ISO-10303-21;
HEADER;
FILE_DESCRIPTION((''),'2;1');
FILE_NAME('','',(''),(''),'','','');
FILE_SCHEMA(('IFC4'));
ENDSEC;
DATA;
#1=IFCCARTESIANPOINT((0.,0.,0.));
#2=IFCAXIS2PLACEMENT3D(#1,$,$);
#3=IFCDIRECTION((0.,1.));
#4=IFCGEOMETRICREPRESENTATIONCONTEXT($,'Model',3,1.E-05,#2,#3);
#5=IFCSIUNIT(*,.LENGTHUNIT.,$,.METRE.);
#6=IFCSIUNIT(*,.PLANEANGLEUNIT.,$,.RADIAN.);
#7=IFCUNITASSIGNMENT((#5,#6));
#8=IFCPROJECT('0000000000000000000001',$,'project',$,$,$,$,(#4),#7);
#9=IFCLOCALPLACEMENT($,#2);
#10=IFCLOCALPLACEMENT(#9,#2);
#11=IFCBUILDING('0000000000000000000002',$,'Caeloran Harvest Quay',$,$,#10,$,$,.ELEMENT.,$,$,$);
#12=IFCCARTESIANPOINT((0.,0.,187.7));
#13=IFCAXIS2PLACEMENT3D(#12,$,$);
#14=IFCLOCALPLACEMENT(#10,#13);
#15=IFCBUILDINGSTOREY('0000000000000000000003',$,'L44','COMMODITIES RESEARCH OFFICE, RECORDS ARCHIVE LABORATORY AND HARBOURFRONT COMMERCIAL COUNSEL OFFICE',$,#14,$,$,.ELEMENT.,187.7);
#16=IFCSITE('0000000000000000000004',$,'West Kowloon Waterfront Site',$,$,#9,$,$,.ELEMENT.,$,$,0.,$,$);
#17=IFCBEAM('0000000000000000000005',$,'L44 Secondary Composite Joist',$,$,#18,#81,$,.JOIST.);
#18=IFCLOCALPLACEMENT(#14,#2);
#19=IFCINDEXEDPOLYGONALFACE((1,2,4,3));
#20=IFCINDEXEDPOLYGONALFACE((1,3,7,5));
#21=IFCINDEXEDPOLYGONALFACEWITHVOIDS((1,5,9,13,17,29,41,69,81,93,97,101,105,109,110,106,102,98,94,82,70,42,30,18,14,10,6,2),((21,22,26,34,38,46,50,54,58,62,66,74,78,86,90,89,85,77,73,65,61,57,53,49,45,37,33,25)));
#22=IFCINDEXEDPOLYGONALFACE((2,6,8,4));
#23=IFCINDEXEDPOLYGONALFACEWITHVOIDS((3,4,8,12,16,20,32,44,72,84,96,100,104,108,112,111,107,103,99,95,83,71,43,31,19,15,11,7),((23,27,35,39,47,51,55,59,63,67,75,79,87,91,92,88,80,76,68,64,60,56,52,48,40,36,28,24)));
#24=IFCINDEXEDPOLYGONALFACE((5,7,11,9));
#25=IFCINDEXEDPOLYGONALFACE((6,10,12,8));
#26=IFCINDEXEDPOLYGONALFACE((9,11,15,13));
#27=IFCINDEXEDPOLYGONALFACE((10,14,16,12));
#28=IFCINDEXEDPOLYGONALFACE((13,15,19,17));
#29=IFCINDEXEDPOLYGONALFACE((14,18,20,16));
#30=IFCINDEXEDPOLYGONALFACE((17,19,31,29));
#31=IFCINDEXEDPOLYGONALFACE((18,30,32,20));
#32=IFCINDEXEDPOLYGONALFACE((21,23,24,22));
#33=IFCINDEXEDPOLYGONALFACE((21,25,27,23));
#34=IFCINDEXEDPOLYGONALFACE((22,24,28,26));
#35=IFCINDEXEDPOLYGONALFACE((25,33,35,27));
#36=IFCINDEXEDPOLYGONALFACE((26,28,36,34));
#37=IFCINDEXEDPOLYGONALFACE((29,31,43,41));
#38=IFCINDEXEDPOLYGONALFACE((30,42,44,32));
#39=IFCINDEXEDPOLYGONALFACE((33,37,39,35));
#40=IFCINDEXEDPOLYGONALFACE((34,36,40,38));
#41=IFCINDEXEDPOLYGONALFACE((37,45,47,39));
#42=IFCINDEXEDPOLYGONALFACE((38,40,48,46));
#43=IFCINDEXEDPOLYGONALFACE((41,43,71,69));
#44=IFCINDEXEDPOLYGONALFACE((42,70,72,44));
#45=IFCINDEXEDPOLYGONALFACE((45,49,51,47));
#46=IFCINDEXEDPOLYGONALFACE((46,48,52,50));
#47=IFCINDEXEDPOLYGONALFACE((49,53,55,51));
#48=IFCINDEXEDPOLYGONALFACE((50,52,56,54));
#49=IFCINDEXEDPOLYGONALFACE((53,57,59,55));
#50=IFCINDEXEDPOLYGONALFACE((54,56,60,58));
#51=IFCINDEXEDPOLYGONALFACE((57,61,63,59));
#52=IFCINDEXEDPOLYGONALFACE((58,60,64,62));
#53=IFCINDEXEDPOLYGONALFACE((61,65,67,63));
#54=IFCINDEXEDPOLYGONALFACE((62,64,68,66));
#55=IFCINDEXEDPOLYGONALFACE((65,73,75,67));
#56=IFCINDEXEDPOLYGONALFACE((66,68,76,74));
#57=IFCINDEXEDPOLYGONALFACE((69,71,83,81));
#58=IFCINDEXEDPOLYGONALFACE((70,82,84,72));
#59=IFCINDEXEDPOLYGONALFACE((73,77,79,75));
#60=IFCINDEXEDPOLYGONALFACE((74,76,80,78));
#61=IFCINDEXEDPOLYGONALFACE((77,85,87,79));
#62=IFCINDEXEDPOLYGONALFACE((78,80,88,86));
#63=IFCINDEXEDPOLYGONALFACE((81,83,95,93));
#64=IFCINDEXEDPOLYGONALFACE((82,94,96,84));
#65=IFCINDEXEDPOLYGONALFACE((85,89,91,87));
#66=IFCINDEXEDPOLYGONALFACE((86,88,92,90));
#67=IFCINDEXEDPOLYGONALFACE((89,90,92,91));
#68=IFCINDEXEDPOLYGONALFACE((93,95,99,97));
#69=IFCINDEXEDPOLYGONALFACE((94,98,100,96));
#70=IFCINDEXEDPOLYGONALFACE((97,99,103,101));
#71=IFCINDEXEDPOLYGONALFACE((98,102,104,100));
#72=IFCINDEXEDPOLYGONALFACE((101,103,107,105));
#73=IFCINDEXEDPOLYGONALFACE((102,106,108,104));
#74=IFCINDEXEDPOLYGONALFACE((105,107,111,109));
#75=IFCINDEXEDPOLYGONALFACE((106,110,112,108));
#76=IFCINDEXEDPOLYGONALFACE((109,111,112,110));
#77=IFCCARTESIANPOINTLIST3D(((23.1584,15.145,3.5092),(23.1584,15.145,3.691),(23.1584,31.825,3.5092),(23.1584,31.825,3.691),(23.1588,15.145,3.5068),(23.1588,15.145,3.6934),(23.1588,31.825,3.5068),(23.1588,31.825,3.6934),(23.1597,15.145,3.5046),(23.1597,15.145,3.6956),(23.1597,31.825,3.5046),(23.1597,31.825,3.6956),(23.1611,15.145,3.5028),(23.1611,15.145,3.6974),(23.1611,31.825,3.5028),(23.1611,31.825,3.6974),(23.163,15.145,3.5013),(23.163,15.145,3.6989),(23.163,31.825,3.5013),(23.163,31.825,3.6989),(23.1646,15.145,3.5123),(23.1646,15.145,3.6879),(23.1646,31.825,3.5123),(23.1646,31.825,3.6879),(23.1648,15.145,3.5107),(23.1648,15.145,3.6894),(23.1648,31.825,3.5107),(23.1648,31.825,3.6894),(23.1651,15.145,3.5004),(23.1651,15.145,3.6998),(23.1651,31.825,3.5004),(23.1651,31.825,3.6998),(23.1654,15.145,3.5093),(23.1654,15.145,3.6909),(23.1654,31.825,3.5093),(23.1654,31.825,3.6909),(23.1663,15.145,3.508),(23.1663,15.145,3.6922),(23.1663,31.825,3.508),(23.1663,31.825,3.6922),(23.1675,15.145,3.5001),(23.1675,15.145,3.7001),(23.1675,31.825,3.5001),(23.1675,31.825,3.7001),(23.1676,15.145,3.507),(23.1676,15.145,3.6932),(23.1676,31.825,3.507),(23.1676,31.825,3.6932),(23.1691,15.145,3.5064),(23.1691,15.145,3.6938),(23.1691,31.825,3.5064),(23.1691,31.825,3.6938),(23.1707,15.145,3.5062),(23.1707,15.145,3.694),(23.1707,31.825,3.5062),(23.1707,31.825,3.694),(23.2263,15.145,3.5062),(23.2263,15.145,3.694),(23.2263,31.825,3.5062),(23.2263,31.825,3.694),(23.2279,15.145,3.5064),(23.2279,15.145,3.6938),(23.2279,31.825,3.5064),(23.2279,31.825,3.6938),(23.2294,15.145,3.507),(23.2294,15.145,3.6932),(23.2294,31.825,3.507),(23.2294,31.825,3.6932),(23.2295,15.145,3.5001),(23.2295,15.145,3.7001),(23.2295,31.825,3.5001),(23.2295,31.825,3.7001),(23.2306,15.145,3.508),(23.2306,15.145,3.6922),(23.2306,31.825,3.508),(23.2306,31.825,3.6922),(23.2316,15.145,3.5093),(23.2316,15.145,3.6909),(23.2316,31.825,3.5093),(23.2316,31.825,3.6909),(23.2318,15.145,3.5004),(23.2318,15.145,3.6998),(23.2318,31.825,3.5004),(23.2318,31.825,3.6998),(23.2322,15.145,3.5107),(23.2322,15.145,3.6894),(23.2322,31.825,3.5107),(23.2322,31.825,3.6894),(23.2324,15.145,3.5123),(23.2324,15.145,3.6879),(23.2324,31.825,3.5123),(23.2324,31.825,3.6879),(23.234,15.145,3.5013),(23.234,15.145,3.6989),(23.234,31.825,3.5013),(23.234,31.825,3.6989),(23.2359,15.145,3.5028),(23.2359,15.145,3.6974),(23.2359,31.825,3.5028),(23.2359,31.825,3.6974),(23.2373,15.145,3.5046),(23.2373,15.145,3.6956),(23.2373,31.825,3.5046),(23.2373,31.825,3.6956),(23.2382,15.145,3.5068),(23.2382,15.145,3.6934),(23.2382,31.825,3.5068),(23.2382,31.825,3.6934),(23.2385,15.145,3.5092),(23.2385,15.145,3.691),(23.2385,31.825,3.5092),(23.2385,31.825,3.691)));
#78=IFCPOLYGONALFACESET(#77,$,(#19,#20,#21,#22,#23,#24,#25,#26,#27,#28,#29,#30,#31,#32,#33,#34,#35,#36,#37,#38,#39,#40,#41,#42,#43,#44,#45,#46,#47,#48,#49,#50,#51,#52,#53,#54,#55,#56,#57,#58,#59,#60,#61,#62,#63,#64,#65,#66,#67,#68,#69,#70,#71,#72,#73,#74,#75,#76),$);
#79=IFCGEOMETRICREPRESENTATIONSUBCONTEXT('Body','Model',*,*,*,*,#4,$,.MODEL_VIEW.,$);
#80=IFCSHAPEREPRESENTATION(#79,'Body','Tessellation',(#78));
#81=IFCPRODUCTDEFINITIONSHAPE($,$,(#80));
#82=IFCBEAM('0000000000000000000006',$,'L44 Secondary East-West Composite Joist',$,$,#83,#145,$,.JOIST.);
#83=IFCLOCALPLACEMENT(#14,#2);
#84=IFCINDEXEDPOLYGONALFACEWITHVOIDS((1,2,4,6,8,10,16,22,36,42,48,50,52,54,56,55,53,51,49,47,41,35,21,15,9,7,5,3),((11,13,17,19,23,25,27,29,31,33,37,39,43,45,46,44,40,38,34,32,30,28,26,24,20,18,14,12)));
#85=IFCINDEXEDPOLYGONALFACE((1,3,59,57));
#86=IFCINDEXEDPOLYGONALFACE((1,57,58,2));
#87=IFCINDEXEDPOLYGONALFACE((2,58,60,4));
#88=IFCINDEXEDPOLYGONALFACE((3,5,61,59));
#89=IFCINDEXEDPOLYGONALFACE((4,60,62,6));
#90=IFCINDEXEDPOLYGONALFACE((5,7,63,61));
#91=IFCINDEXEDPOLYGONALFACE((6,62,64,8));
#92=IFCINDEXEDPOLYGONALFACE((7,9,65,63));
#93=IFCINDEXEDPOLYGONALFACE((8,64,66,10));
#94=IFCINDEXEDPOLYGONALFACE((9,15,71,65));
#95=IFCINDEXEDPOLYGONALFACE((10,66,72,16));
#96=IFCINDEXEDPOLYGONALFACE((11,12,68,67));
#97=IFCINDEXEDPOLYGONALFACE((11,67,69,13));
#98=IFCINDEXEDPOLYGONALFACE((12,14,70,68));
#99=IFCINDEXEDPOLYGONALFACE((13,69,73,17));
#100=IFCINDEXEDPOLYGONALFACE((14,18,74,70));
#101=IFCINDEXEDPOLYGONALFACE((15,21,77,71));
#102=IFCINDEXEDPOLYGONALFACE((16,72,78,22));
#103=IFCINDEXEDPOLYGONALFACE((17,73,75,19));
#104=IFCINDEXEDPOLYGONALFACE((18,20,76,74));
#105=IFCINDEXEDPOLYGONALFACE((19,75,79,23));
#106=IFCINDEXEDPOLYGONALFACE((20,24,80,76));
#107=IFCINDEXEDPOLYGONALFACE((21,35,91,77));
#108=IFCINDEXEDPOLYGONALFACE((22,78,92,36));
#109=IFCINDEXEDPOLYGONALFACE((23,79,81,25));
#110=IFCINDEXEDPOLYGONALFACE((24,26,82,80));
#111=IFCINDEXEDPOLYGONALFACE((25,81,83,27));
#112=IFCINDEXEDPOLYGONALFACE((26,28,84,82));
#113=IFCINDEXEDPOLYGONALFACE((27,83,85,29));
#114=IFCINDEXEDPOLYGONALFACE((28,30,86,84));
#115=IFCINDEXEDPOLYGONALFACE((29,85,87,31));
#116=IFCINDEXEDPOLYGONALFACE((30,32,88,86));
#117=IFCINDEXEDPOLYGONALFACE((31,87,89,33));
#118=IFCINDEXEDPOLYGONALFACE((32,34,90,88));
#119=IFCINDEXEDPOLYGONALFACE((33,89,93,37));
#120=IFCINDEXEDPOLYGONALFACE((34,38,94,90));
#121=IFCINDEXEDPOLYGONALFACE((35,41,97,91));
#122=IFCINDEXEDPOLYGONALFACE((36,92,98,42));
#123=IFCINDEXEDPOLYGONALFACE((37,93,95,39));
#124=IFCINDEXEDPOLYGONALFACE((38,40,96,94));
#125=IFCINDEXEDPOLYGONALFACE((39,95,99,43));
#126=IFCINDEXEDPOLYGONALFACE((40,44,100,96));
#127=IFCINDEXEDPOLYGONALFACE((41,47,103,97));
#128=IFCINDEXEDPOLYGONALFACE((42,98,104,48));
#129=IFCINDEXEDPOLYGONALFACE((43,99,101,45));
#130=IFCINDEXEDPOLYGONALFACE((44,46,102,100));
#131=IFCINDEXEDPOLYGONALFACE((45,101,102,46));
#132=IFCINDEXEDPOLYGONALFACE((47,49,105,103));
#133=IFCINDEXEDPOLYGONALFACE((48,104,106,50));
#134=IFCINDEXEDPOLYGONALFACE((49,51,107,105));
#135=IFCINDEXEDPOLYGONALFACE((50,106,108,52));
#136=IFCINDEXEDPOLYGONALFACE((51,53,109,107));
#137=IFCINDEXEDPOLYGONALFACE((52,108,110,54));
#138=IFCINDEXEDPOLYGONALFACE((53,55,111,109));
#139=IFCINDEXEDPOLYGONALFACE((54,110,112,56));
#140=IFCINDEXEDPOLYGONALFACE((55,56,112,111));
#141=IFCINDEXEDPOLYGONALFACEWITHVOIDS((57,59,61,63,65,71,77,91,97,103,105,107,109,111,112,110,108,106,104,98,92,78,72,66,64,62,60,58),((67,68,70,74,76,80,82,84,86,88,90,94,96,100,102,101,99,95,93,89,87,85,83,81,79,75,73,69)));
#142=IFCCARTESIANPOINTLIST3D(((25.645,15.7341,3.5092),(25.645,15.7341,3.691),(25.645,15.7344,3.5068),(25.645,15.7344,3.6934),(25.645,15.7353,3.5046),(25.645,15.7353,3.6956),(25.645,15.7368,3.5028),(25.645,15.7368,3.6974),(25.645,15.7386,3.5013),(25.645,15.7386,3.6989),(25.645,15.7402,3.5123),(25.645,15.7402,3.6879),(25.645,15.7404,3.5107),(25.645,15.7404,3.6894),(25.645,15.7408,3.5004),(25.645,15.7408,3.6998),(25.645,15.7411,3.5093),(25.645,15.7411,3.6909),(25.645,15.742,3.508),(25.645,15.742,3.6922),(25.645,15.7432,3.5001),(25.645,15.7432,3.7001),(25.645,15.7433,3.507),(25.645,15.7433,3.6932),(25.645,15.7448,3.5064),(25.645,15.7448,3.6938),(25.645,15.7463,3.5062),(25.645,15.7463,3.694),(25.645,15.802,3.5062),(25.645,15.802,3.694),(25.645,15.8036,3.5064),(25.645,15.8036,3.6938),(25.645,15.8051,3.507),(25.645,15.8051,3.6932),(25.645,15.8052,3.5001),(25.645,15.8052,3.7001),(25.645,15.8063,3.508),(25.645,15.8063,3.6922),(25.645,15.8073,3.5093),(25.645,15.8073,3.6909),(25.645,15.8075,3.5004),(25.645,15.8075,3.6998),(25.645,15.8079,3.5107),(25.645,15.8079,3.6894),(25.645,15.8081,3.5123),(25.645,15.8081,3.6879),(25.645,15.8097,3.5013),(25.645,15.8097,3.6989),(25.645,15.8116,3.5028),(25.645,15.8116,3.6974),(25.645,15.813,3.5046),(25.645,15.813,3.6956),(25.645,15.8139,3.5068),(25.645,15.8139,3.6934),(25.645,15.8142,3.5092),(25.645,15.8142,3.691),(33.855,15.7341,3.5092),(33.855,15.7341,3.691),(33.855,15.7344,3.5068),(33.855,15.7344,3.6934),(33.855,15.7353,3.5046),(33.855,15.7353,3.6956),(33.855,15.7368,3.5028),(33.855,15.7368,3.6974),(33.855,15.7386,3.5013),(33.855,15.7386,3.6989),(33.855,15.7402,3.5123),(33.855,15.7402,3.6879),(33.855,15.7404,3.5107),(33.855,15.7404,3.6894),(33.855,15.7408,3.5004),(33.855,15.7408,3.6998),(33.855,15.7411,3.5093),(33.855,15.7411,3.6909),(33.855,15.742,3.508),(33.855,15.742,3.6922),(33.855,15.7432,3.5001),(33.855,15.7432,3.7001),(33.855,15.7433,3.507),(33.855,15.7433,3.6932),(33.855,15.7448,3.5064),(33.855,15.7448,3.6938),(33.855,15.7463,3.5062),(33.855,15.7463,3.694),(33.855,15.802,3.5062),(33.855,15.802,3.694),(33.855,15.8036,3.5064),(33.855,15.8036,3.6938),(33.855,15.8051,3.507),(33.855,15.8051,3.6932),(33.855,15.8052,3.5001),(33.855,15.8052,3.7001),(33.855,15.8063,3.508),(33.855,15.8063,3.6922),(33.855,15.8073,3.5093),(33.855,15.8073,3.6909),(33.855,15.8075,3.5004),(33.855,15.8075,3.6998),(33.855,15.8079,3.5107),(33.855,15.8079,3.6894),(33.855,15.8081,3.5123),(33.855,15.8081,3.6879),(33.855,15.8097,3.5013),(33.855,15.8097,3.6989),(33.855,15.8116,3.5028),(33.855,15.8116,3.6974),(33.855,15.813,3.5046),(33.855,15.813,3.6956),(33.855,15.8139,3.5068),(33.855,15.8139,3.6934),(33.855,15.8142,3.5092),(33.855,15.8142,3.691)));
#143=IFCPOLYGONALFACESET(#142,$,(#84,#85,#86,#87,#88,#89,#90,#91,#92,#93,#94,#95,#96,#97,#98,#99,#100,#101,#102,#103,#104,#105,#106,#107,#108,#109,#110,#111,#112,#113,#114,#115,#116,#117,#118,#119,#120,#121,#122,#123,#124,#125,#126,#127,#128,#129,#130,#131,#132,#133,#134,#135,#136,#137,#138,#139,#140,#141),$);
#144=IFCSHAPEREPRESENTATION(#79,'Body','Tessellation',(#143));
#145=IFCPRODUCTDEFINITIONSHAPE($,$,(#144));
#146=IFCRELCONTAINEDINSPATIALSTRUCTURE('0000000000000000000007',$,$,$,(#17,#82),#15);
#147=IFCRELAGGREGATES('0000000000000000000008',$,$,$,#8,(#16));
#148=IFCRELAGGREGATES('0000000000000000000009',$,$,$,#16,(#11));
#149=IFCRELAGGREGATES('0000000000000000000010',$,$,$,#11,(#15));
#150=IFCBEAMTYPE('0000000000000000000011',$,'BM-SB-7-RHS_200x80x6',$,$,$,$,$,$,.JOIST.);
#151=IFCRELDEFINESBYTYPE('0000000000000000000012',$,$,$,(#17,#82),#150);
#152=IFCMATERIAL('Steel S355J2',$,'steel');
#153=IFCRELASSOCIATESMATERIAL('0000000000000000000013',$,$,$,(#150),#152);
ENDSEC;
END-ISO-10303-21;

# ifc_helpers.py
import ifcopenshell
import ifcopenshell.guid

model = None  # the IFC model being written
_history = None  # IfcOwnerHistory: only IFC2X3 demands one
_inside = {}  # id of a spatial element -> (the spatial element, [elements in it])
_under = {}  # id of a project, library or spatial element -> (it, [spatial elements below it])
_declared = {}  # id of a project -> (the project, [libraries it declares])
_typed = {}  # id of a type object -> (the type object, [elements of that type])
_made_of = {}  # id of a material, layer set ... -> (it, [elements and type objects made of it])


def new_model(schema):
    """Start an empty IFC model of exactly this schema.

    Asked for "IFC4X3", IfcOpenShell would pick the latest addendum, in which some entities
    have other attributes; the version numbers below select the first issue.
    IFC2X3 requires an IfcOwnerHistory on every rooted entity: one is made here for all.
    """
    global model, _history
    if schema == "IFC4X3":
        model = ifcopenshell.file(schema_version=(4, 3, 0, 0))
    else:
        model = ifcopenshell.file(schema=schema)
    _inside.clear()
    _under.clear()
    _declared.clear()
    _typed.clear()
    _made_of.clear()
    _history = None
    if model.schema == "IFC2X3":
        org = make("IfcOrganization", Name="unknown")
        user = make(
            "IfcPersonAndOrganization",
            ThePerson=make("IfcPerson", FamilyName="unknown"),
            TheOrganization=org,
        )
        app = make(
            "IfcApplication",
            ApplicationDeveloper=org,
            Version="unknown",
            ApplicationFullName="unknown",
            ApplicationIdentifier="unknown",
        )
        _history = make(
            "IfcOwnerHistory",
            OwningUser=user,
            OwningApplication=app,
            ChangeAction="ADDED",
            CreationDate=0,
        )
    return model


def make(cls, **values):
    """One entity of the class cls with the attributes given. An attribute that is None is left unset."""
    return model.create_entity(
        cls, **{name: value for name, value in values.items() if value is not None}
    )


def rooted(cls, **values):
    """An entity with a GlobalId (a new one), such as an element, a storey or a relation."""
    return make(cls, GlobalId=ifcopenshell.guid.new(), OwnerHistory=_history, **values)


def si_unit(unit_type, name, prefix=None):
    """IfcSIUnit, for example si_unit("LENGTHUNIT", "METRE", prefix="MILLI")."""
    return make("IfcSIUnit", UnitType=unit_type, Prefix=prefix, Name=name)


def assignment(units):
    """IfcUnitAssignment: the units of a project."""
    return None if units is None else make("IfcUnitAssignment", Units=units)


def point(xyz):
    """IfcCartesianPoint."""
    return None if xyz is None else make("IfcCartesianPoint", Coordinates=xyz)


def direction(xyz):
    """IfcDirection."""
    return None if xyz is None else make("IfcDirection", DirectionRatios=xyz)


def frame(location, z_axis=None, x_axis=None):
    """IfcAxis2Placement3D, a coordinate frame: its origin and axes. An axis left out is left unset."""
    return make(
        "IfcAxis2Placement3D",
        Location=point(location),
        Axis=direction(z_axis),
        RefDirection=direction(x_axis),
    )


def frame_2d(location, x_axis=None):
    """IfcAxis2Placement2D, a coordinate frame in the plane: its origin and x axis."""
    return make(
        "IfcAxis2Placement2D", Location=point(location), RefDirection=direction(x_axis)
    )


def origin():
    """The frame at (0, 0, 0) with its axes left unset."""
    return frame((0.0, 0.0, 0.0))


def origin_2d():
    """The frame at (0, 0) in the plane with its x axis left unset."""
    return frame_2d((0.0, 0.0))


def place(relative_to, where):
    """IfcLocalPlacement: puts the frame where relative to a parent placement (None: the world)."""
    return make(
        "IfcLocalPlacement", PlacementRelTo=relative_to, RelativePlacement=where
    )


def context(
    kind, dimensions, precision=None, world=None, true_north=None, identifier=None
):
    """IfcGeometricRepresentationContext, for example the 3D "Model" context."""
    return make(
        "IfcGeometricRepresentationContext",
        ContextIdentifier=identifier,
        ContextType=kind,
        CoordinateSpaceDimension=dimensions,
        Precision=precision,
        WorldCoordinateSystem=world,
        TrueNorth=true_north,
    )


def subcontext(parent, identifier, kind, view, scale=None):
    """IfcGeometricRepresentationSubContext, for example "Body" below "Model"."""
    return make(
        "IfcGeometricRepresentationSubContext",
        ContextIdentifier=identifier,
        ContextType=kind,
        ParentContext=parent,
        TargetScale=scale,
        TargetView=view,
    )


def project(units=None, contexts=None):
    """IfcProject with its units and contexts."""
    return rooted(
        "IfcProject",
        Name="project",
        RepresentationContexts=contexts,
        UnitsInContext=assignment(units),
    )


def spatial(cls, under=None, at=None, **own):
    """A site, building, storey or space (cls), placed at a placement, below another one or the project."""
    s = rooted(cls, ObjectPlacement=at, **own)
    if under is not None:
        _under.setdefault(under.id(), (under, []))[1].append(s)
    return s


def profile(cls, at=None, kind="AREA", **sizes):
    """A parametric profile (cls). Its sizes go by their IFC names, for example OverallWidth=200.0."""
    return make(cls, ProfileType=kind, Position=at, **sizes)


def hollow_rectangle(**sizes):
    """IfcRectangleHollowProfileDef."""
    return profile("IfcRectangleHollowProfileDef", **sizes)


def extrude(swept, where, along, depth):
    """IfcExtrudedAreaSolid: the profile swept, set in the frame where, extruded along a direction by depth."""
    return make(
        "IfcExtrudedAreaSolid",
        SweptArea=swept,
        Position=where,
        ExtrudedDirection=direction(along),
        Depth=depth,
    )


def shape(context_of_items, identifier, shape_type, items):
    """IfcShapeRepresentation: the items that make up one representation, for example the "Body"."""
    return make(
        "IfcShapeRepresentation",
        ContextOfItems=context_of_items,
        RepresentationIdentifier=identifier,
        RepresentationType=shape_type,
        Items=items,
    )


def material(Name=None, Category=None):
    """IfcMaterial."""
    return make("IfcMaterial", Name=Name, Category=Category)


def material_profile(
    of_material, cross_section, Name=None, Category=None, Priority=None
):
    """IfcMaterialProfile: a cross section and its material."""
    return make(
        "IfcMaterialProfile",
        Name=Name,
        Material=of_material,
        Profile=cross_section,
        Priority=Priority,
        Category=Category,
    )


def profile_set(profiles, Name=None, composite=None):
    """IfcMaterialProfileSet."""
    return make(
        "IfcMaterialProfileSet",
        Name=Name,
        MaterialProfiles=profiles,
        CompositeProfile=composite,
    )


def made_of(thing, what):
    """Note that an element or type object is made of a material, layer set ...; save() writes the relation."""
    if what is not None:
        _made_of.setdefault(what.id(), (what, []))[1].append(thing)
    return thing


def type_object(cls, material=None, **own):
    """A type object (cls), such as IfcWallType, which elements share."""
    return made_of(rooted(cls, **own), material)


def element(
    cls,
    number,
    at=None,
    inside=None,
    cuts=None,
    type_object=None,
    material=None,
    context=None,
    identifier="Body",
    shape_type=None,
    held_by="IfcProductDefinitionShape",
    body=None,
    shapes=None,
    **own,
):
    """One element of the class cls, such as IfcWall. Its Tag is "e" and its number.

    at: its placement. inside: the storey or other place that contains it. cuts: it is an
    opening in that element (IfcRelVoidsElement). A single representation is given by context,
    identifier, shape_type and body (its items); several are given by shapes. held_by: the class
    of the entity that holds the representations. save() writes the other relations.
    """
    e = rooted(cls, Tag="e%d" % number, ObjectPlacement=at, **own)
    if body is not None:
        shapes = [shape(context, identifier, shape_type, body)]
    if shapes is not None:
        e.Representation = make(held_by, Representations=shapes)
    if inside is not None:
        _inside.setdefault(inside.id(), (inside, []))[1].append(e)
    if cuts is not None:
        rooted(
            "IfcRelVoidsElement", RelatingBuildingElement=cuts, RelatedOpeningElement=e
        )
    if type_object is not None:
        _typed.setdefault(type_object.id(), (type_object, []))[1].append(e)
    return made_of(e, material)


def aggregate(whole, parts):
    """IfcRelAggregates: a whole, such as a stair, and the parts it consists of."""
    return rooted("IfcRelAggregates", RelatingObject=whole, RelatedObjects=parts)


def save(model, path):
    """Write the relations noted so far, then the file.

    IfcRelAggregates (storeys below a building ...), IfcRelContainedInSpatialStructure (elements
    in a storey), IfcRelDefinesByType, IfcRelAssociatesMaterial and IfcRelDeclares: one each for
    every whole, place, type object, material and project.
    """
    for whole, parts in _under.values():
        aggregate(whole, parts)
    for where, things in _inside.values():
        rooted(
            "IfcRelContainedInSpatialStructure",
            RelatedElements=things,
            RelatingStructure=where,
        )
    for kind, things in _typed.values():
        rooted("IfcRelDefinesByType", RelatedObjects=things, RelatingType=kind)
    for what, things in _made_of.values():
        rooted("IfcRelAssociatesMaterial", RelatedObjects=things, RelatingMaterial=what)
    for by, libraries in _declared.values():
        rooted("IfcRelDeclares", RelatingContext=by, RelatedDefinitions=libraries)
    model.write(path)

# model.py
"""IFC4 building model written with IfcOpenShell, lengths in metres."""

from ifc_helpers import new_model, si_unit, direction, frame, origin, origin_2d, place, context, subcontext, project, spatial, hollow_rectangle, extrude, material, material_profile, profile_set, type_object, element, save


model = new_model("IFC4")

# Units and contexts
model_context = context("Model", 3, precision=1e-05, world=origin(), true_north=direction((0.0, 1.0)))
body_context = subcontext(model_context, "Body", "Model", "MODEL_VIEW")
ifc_project = project(units=[si_unit("LENGTHUNIT", "METRE"), si_unit("PLANEANGLEUNIT", "RADIAN")], contexts=[model_context])

# Site, building, storey
site_placement = place(None, origin())
site = spatial("IfcSite", under=ifc_project, at=site_placement, Name="West Kowloon Waterfront Site", CompositionType="ELEMENT", RefElevation=0.0)
building_placement = place(site_placement, origin())
building = spatial("IfcBuilding", under=site, at=building_placement, Name="Caeloran Harvest Quay", CompositionType="ELEMENT")
storey_placement = place(building_placement, frame((0.0, 0.0, 187.7)))
storey = spatial("IfcBuildingStorey", under=building, at=storey_placement, Name="L44", Description="COMMODITIES RESEARCH OFFICE, RECORDS ARCHIVE LABORATORY AND HARBOURFRONT COMMERCIAL COUNSEL OFFICE", CompositionType="ELEMENT", Elevation=187.7)

# Beams
ifc_material_1 = material(Name="Steel S355J2", Category="steel")
ifc_material_profile_1 = material_profile(ifc_material_1, hollow_rectangle(XDim=0.0801, YDim=0.2, WallThickness=0.0061, InnerFilletRadius=0.0061, OuterFilletRadius=0.009, at=origin_2d()), Name="RHS 200x80x6")
ifc_profile_set_1 = profile_set([ifc_material_profile_1], Name="Steel S355J2")
beam_type_1 = type_object("IfcBeamType", Name="BM-SB-7-RHS_200x80x6", PredefinedType="JOIST", material=ifc_profile_set_1)
beam_1_placement = place(storey_placement, frame((23.1985, 15.145, 3.6001), z_axis=(0.0, 1.0, 0.0), x_axis=(-1.0, 0.0, 0.0)))
element("IfcBeam", 1, at=beam_1_placement, inside=storey, type_object=beam_type_1, Name="L44 Secondary Composite Joist", PredefinedType="JOIST", context=body_context, shape_type="SweptSolid", body=[
    extrude(hollow_rectangle(XDim=0.0801, YDim=0.2, WallThickness=0.0061, InnerFilletRadius=0.0061, OuterFilletRadius=0.009, at=origin_2d()), origin(), (0.0, 0.0, 1.0), 16.6799),
])
for number, where, z_axis, x_axis, name in (
    (2, (25.645, 15.7742, 3.6001), (1.0, 0.0, 0.0), (0.0, 1.0, 0.0), "L44 Secondary East-West Composite Joist"),
):
    element("IfcBeam", number, at=place(storey_placement, frame(where, z_axis=z_axis, x_axis=x_axis)), inside=storey, type_object=beam_type_1, Name=name, PredefinedType="JOIST", context=body_context, shape_type="SweptSolid", body=[
        extrude(hollow_rectangle(XDim=0.0801, YDim=0.2, WallThickness=0.0061, InnerFilletRadius=0.0061, OuterFilletRadius=0.009, at=origin_2d()), origin(), (0.0, 0.0, 1.0), 8.21),
    ])

save(model, "model.ifc")
